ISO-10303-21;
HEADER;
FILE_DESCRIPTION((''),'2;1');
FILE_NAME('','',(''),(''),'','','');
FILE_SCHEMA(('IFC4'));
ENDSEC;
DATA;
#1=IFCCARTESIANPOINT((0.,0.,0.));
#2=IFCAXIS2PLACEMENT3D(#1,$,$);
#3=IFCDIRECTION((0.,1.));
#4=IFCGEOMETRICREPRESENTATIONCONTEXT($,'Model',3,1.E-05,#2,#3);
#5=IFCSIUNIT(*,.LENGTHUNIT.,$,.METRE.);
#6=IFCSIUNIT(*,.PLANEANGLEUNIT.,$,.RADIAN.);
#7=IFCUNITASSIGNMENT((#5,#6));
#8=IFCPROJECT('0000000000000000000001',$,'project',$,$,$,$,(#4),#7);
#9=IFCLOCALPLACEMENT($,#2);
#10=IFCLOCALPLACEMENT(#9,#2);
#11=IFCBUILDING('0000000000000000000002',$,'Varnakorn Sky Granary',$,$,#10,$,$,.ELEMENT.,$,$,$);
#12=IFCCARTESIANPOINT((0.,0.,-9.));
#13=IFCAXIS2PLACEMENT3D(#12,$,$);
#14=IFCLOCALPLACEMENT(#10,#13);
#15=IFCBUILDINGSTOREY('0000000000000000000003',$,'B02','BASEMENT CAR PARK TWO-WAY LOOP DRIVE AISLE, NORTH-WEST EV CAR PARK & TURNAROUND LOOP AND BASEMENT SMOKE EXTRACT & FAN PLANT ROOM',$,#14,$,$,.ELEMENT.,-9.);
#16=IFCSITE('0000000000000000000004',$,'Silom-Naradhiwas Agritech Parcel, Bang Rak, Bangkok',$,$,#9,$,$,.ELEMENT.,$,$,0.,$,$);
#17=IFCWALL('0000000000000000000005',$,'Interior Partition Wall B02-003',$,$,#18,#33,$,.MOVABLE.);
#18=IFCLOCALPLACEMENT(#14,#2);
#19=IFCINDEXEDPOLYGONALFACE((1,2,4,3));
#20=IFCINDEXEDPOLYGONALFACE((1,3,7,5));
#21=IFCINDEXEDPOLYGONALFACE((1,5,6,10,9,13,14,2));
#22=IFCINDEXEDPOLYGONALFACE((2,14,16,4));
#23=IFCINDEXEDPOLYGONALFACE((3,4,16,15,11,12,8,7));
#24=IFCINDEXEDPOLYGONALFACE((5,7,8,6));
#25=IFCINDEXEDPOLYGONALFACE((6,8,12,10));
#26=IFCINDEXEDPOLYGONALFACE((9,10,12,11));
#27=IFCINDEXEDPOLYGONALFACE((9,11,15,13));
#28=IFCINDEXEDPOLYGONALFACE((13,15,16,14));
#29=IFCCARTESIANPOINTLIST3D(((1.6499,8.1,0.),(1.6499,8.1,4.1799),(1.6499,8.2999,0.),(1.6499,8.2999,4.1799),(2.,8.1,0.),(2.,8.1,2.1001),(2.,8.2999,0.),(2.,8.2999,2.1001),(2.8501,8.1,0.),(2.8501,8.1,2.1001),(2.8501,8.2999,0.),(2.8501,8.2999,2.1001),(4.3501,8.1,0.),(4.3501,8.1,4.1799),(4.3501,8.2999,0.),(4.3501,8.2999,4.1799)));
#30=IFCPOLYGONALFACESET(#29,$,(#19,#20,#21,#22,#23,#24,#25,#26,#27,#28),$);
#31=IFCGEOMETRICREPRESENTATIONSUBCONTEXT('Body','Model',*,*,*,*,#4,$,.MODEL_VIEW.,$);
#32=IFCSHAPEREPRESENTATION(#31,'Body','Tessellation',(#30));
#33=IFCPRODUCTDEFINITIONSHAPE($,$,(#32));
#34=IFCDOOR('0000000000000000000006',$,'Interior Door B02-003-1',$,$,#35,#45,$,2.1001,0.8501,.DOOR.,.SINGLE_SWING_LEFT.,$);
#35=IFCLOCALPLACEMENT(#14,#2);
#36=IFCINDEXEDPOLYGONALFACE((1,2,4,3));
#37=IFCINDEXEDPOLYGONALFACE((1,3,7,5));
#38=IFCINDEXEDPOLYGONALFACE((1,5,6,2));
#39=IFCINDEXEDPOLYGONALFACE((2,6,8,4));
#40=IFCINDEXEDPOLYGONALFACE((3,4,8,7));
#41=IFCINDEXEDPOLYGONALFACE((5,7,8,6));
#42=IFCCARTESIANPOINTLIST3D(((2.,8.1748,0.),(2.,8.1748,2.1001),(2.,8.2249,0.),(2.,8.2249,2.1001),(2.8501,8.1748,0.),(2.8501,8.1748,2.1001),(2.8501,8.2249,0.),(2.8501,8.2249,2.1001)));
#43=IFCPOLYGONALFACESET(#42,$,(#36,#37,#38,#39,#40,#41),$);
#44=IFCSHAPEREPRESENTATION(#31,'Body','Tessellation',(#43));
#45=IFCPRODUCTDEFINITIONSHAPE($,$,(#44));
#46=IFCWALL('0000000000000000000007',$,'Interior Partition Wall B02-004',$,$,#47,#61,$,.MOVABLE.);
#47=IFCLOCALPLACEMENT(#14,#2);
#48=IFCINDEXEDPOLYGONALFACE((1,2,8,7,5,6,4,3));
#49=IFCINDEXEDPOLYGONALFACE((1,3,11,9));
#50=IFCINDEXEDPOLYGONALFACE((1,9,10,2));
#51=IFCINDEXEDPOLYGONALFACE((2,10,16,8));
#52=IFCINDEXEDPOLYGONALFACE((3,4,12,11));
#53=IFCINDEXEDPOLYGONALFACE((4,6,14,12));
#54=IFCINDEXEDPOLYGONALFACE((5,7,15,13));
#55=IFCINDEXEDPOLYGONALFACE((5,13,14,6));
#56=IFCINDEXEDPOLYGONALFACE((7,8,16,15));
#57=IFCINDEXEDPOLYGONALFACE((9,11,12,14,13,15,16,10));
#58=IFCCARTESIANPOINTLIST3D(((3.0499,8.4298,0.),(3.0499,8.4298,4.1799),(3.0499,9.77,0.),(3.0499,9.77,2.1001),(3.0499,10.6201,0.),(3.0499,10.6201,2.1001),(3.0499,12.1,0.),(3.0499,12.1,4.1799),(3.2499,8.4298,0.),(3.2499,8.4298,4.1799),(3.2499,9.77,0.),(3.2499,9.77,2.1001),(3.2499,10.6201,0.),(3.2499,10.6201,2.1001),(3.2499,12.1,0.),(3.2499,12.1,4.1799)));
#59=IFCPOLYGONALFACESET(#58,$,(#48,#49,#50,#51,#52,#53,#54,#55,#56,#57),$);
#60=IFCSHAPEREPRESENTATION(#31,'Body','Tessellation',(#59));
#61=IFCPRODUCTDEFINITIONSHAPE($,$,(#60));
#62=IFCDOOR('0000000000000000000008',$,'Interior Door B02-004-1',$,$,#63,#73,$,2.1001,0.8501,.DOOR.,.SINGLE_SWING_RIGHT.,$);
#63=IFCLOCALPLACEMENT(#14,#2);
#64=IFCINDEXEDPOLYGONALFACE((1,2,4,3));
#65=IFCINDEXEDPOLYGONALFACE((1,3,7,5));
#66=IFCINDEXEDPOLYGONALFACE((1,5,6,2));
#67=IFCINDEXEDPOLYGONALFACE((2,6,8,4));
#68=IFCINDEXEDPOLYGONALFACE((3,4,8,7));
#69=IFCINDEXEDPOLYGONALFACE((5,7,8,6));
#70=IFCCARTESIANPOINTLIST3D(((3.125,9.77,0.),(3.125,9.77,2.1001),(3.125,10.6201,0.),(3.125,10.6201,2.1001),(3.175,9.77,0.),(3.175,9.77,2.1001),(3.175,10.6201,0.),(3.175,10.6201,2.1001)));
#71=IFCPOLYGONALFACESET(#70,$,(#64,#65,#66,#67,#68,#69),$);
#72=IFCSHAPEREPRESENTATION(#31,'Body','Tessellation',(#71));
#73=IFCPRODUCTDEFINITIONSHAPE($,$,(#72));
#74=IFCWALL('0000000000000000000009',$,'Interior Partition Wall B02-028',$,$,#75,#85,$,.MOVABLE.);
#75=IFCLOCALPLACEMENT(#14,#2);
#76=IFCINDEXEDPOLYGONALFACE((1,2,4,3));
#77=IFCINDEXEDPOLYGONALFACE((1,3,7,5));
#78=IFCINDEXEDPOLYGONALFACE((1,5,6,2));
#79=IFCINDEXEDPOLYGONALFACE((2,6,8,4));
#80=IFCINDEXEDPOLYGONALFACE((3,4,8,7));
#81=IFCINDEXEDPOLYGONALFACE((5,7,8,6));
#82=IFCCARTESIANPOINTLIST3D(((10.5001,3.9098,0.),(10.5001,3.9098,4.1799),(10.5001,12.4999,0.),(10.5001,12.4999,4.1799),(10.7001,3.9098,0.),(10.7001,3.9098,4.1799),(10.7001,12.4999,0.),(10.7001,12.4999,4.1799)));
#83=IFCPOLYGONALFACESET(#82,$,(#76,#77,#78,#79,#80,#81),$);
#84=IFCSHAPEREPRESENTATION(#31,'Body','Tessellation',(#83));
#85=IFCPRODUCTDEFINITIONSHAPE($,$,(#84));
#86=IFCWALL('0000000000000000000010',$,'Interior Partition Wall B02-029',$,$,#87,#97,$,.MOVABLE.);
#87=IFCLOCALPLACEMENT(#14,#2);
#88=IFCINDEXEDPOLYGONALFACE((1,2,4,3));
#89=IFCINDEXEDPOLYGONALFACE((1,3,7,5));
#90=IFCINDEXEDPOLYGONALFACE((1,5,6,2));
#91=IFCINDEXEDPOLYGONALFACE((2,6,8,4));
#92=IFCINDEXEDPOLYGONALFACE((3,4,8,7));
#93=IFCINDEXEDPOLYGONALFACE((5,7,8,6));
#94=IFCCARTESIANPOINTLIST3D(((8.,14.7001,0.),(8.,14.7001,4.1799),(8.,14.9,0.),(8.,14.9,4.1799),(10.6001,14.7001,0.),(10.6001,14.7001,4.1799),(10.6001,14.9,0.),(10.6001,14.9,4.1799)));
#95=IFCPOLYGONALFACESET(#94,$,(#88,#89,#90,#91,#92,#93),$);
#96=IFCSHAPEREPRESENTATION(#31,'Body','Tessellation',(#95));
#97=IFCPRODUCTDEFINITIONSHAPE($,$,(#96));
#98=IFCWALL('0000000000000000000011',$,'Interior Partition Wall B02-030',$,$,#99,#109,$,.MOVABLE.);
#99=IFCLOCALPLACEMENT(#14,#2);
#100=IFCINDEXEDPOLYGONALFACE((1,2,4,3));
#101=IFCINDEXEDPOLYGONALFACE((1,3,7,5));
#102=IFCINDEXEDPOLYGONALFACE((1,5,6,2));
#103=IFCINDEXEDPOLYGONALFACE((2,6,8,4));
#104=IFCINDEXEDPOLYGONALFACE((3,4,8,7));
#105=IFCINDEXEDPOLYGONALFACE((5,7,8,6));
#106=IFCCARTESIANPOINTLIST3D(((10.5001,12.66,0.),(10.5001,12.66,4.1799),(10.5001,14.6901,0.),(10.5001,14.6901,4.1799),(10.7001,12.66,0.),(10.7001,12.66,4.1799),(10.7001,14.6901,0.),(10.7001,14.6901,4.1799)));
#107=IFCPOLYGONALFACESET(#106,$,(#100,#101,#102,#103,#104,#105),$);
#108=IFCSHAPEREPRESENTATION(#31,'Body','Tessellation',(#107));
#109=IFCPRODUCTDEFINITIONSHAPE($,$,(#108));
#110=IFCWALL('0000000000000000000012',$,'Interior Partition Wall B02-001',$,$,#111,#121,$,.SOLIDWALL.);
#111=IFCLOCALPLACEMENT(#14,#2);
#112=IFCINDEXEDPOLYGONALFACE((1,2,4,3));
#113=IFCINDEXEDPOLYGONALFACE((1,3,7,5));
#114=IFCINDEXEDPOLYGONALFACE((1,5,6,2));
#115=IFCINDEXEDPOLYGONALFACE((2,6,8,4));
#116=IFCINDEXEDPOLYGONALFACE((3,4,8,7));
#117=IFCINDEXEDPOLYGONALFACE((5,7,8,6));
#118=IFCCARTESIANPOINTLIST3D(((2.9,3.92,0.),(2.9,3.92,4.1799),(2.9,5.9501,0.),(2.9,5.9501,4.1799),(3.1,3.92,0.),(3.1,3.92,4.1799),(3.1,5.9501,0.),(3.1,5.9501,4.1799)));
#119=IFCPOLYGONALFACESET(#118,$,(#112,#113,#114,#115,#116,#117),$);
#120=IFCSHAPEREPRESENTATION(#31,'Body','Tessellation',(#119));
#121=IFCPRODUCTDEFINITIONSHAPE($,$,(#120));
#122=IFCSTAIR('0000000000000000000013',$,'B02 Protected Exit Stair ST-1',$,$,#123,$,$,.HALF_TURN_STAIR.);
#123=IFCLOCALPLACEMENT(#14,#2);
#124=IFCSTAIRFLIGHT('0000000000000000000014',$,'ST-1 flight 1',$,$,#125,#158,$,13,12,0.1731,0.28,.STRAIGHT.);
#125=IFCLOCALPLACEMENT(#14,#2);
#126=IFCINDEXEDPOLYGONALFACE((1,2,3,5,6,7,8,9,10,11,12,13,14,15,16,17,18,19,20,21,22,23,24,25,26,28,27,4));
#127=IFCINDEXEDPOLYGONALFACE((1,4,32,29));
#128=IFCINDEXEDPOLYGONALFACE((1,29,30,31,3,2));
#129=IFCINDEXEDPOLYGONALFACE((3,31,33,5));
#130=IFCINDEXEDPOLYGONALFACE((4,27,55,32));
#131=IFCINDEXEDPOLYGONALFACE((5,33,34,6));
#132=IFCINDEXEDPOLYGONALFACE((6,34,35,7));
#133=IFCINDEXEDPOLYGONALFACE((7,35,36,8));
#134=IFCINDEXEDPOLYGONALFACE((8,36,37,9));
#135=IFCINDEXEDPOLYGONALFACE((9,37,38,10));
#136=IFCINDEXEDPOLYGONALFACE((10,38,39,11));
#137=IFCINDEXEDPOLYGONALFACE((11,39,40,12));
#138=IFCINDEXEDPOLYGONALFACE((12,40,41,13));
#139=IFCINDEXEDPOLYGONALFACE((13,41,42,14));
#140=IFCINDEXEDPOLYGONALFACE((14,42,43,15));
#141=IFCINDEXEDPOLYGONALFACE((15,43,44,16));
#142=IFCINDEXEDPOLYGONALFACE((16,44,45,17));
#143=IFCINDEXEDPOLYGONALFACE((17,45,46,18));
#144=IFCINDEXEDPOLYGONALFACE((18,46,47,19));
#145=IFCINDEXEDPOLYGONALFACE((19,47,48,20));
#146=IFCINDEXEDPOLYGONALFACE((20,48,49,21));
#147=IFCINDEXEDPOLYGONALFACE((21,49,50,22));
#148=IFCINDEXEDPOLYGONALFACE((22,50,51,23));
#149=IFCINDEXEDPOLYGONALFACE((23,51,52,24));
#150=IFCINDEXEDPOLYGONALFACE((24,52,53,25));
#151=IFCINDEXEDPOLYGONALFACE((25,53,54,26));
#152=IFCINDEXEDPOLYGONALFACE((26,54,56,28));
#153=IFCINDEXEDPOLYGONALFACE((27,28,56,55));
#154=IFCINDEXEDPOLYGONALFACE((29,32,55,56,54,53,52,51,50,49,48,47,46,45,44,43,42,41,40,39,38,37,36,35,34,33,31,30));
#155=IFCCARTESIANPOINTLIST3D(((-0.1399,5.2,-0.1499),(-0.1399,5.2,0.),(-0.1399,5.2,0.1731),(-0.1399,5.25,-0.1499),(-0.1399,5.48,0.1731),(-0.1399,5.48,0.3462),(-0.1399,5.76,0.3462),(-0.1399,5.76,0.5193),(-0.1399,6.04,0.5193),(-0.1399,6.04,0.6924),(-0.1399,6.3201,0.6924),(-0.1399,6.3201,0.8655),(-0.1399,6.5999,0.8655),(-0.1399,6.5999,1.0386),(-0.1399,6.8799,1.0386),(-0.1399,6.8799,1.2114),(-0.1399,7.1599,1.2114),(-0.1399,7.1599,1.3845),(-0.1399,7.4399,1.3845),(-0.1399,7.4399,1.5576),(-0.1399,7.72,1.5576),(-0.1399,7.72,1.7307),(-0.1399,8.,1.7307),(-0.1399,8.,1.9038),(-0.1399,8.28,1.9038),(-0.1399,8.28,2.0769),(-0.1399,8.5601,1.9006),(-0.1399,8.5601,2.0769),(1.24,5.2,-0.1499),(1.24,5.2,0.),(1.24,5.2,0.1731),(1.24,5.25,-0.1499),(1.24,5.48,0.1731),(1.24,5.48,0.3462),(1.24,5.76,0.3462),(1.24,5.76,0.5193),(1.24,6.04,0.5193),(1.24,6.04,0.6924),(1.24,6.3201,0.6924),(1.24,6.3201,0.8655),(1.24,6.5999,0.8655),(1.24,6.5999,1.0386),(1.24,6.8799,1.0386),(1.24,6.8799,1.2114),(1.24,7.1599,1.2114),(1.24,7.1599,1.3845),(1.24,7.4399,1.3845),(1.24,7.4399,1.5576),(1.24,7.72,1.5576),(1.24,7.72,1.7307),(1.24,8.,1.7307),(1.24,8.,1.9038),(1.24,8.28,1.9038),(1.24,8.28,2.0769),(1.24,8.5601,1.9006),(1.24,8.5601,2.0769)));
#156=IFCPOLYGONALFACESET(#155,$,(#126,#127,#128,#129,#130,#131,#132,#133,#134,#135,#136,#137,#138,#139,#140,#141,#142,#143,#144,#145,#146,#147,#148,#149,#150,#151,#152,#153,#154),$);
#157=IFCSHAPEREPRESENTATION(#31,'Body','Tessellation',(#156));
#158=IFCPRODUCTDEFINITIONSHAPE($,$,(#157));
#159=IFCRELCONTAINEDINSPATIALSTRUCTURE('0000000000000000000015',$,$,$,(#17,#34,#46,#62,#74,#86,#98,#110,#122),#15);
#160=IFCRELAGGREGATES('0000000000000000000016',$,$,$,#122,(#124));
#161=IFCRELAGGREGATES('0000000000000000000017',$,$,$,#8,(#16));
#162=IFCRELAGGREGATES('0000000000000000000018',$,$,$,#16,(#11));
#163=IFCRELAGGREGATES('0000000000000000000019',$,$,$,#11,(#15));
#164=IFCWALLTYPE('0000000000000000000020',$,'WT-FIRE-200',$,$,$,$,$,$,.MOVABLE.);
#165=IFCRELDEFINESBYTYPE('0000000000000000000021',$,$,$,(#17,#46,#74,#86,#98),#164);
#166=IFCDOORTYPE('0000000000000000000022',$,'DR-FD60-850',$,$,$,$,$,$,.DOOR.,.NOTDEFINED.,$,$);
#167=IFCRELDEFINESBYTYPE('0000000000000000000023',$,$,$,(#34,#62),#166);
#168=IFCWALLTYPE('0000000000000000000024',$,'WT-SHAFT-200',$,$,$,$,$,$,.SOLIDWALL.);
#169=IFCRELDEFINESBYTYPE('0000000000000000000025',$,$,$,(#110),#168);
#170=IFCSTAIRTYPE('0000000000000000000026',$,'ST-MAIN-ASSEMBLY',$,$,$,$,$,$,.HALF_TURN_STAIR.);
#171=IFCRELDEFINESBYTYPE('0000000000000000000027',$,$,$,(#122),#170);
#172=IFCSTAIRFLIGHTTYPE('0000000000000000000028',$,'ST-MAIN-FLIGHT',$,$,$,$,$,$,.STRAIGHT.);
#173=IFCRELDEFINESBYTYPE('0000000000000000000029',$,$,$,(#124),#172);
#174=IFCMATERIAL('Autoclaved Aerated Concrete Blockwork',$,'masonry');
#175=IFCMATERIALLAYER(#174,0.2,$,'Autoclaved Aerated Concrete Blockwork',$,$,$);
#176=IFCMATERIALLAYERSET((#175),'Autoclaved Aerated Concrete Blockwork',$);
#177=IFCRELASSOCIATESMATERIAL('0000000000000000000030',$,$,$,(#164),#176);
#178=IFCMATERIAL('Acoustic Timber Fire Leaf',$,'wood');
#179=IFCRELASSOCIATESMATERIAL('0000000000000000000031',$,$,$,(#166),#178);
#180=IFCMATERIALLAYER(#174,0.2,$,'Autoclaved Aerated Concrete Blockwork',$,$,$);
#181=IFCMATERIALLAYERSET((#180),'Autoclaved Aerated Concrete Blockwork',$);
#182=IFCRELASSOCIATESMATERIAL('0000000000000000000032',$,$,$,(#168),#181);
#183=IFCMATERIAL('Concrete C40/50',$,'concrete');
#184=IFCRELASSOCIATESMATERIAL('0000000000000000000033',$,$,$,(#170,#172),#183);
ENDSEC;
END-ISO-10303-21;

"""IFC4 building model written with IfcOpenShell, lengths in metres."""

from ifc_helpers import new_model, si_unit, direction, frame, frame_2d, origin, place, context, subcontext, project, spatial, polyline, rectangle, outline, extrude, material, layer, layer_set, type_object, element, fill, aggregate, save


model = new_model("IFC4")

# Units and contexts
model_context = context("Model", 3, precision=1e-05, world=origin(), true_north=direction((0.0, 1.0)))
body_context = subcontext(model_context, "Body", "Model", "MODEL_VIEW")
ifc_project = project(units=[si_unit("LENGTHUNIT", "METRE"), si_unit("PLANEANGLEUNIT", "RADIAN")], contexts=[model_context])

# Site, building, storey
site_placement = place(None, origin())
site = spatial("IfcSite", under=ifc_project, at=site_placement, Name="Silom-Naradhiwas Agritech Parcel, Bang Rak, Bangkok", CompositionType="ELEMENT", RefElevation=0.0)
building_placement = place(site_placement, origin())
building = spatial("IfcBuilding", under=site, at=building_placement, Name="Varnakorn Sky Granary", CompositionType="ELEMENT")
storey_placement = place(building_placement, frame((0.0, 0.0, -9.0)))
storey = spatial("IfcBuildingStorey", under=building, at=storey_placement, Name="B02", Description="BASEMENT CAR PARK TWO-WAY LOOP DRIVE AISLE, NORTH-WEST EV CAR PARK & TURNAROUND LOOP AND BASEMENT SMOKE EXTRACT & FAN PLANT ROOM", CompositionType="ELEMENT", Elevation=-9.0)

# Walls, openings, doors
ifc_material_1 = material(Name="Autoclaved Aerated Concrete Blockwork", Category="masonry")
ifc_layer_1 = layer(ifc_material_1, 0.2, Name="Autoclaved Aerated Concrete Blockwork")
ifc_layer_set_1 = layer_set([ifc_layer_1], Name="Autoclaved Aerated Concrete Blockwork")
wall_type_1 = type_object("IfcWallType", Name="WT-FIRE-200", PredefinedType="MOVABLE", material=ifc_layer_set_1)
wall_1_placement = place(storey_placement, frame((1.6499, 8.2, 0.0), z_axis=(0.0, 0.0, 1.0), x_axis=(1.0, 0.0, 0.0)))
wall_1 = element("IfcWall", 1, at=wall_1_placement, inside=storey, type_object=wall_type_1, Name="Interior Partition Wall B02-003", PredefinedType="MOVABLE", context=body_context, shape_type="SweptSolid", body=[
    extrude(rectangle(XDim=2.7002, YDim=0.2, at=frame_2d((1.3501, 0.0))), origin(), (0.0, 0.0, 1.0), 4.1799),
])
opening_1_placement = place(wall_1_placement, frame((0.3501, 0.0, 0.0)))
opening_1 = element("IfcOpeningElement", 2, at=opening_1_placement, cuts=wall_1, PredefinedType="OPENING", context=body_context, shape_type="SweptSolid", body=[
    extrude(rectangle(XDim=0.8501, YDim=2.1001, at=frame_2d((0.425, 1.05))), frame((0.0, 0.1099, 0.0), z_axis=(0.0, -1.0, 0.0), x_axis=(1.0, 0.0, 0.0)), (0.0, 0.0, 1.0), 0.22),
])
ifc_material_2 = material(Name="Acoustic Timber Fire Leaf", Category="wood")
door_type = type_object("IfcDoorType", Name="DR-FD60-850", OperationType="NOTDEFINED", PredefinedType="DOOR", material=ifc_material_2)
door_1_placement = place(opening_1_placement, origin())
door_1 = element("IfcDoor", 3, at=door_1_placement, inside=storey, type_object=door_type, Name="Interior Door B02-003-1", OperationType="SINGLE_SWING_LEFT", OverallHeight=2.1001, OverallWidth=0.8501, PredefinedType="DOOR", context=body_context, shape_type="SweptSolid", body=[
    extrude(rectangle(XDim=0.8501, YDim=2.1001, at=frame_2d((0.425, 1.05))), frame((0.0, 0.0249, 0.0), z_axis=(0.0, -1.0, 0.0), x_axis=(1.0, 0.0, 0.0)), (0.0, 0.0, 1.0), 0.05),
])
fill(opening_1, door_1)
wall_2_placement = place(storey_placement, frame((3.1499, 8.4299, 0.0), z_axis=(0.0, 0.0, 1.0), x_axis=(0.0, 1.0, 0.0)))
wall_2 = element("IfcWall", 4, at=wall_2_placement, inside=storey, type_object=wall_type_1, Name="Interior Partition Wall B02-004", PredefinedType="MOVABLE", context=body_context, shape_type="SweptSolid", body=[
    extrude(rectangle(XDim=3.6702, YDim=0.2, at=frame_2d((1.835, 0.0))), origin(), (0.0, 0.0, 1.0), 4.1799),
])
opening_2_placement = place(wall_2_placement, frame((1.3401, 0.0, 0.0)))
opening_2 = element("IfcOpeningElement", 5, at=opening_2_placement, cuts=wall_2, PredefinedType="OPENING", context=body_context, shape_type="SweptSolid", body=[
    extrude(rectangle(XDim=0.8501, YDim=2.1001, at=frame_2d((0.425, 1.05))), frame((0.0, 0.1099, 0.0), z_axis=(0.0, -1.0, 0.0), x_axis=(1.0, 0.0, 0.0)), (0.0, 0.0, 1.0), 0.22),
])
door_2_placement = place(opening_2_placement, origin())
door_2 = element("IfcDoor", 6, at=door_2_placement, inside=storey, type_object=door_type, Name="Interior Door B02-004-1", OperationType="SINGLE_SWING_RIGHT", OverallHeight=2.1001, OverallWidth=0.8501, PredefinedType="DOOR", context=body_context, shape_type="SweptSolid", body=[
    extrude(rectangle(XDim=0.8501, YDim=2.1001, at=frame_2d((0.425, 1.05))), frame((0.0, 0.0249, 0.0), z_axis=(0.0, -1.0, 0.0), x_axis=(1.0, 0.0, 0.0)), (0.0, 0.0, 1.0), 0.05),
])
fill(opening_2, door_2)

# Walls
wall_3_placement = place(storey_placement, frame((10.6001, 3.9099, 0.0), z_axis=(0.0, 0.0, 1.0), x_axis=(0.0, 1.0, 0.0)))
element("IfcWall", 7, at=wall_3_placement, inside=storey, type_object=wall_type_1, Name="Interior Partition Wall B02-028", PredefinedType="MOVABLE", context=body_context, shape_type="SweptSolid", body=[
    extrude(rectangle(XDim=8.5901, YDim=0.2, at=frame_2d((4.2949, 0.0))), origin(), (0.0, 0.0, 1.0), 4.1799),
])
wall_4_placement = place(storey_placement, frame((10.6001, 14.8, 0.0), z_axis=(0.0, 0.0, 1.0), x_axis=(-1.0, 0.0, 0.0)))
element("IfcWall", 8, at=wall_4_placement, inside=storey, type_object=wall_type_1, Name="Interior Partition Wall B02-029", PredefinedType="MOVABLE", context=body_context, shape_type="SweptSolid", body=[
    extrude(rectangle(XDim=2.6001, YDim=0.2, at=frame_2d((1.3, 0.0))), origin(), (0.0, 0.0, 1.0), 4.1799),
])
wall_5_placement = place(storey_placement, frame((10.6001, 12.6599, 0.0), z_axis=(0.0, 0.0, 1.0), x_axis=(0.0, 1.0, 0.0)))
element("IfcWall", 9, at=wall_5_placement, inside=storey, type_object=wall_type_1, Name="Interior Partition Wall B02-030", PredefinedType="MOVABLE", context=body_context, shape_type="SweptSolid", body=[
    extrude(rectangle(XDim=2.03, YDim=0.2, at=frame_2d((1.0151, 0.0))), origin(), (0.0, 0.0, 1.0), 4.1799),
])
ifc_layer_2 = layer(ifc_material_1, 0.2, Name="Autoclaved Aerated Concrete Blockwork")
ifc_layer_set_2 = layer_set([ifc_layer_2], Name="Autoclaved Aerated Concrete Blockwork")
wall_type_2 = type_object("IfcWallType", Name="WT-SHAFT-200", PredefinedType="SOLIDWALL", material=ifc_layer_set_2)
wall_6_placement = place(storey_placement, frame((3.0, 3.9199, 0.0), z_axis=(0.0, 0.0, 1.0), x_axis=(0.0, 1.0, 0.0)))
element("IfcWall", 10, at=wall_6_placement, inside=storey, type_object=wall_type_2, Name="Interior Partition Wall B02-001", PredefinedType="SOLIDWALL", context=body_context, shape_type="SweptSolid", body=[
    extrude(rectangle(XDim=2.03, YDim=0.2, at=frame_2d((1.0151, 0.0))), origin(), (0.0, 0.0, 1.0), 4.1799),
])

# Stair, stair flight
ifc_material_3 = material(Name="Concrete C40/50", Category="concrete")
stair_type = type_object("IfcStairType", Name="ST-MAIN-ASSEMBLY", PredefinedType="HALF_TURN_STAIR", material=ifc_material_3)
stair_1_placement = place(storey_placement, origin())
stair_1 = element("IfcStair", 11, at=stair_1_placement, inside=storey, type_object=stair_type, Name="B02 Protected Exit Stair ST-1", PredefinedType="HALF_TURN_STAIR")
stair_flight_type = type_object("IfcStairFlightType", Name="ST-MAIN-FLIGHT", PredefinedType="STRAIGHT", material=ifc_material_3)
stair_flight_1_placement = place(storey_placement, frame((0.55, 5.2, 0.0), z_axis=(0.0, 0.0, 1.0), x_axis=(0.0, 1.0, 0.0)))
stair_flight_1 = element("IfcStairFlight", 12, at=stair_flight_1_placement, type_object=stair_flight_type, Name="ST-1 flight 1", NumberOfRisers=13, NumberOfTreads=12, PredefinedType="STRAIGHT", RiserHeight=0.1731, TreadLength=0.28, context=body_context, shape_type="SweptSolid", body=[
    extrude(outline(polyline([(0.0, -0.1499), (0.0, 0.0), (0.0, 0.1731), (0.28, 0.1731), (0.28, 0.3462), (0.5601, 0.3462), (0.5601, 0.5193), (0.8401, 0.5193), (0.8401, 0.6924), (1.1201, 0.6924), (1.1201, 0.8655), (1.3999, 0.8655), (1.3999, 1.0386), (1.6799, 1.0386), (1.6799, 1.2114), (1.96, 1.2114), (1.96, 1.3845), (2.24, 1.3845), (2.24, 1.5576), (2.52, 1.5576), (2.52, 1.7307), (2.8, 1.7307), (2.8, 1.9038), (3.0801, 1.9038), (3.0801, 2.0769), (3.3601, 2.0769), (3.3601, 2.25), (3.3601, 1.9006), (0.05, -0.1499), (0.0, -0.1499)])), frame((0.0, 0.6899, 0.0), z_axis=(0.0, -1.0, 0.0), x_axis=(1.0, 0.0, 0.0)), (0.0, 0.0, 1.0), 1.3799),
])
aggregate(stair_1, [stair_flight_1])

save(model, "model.ifc")
